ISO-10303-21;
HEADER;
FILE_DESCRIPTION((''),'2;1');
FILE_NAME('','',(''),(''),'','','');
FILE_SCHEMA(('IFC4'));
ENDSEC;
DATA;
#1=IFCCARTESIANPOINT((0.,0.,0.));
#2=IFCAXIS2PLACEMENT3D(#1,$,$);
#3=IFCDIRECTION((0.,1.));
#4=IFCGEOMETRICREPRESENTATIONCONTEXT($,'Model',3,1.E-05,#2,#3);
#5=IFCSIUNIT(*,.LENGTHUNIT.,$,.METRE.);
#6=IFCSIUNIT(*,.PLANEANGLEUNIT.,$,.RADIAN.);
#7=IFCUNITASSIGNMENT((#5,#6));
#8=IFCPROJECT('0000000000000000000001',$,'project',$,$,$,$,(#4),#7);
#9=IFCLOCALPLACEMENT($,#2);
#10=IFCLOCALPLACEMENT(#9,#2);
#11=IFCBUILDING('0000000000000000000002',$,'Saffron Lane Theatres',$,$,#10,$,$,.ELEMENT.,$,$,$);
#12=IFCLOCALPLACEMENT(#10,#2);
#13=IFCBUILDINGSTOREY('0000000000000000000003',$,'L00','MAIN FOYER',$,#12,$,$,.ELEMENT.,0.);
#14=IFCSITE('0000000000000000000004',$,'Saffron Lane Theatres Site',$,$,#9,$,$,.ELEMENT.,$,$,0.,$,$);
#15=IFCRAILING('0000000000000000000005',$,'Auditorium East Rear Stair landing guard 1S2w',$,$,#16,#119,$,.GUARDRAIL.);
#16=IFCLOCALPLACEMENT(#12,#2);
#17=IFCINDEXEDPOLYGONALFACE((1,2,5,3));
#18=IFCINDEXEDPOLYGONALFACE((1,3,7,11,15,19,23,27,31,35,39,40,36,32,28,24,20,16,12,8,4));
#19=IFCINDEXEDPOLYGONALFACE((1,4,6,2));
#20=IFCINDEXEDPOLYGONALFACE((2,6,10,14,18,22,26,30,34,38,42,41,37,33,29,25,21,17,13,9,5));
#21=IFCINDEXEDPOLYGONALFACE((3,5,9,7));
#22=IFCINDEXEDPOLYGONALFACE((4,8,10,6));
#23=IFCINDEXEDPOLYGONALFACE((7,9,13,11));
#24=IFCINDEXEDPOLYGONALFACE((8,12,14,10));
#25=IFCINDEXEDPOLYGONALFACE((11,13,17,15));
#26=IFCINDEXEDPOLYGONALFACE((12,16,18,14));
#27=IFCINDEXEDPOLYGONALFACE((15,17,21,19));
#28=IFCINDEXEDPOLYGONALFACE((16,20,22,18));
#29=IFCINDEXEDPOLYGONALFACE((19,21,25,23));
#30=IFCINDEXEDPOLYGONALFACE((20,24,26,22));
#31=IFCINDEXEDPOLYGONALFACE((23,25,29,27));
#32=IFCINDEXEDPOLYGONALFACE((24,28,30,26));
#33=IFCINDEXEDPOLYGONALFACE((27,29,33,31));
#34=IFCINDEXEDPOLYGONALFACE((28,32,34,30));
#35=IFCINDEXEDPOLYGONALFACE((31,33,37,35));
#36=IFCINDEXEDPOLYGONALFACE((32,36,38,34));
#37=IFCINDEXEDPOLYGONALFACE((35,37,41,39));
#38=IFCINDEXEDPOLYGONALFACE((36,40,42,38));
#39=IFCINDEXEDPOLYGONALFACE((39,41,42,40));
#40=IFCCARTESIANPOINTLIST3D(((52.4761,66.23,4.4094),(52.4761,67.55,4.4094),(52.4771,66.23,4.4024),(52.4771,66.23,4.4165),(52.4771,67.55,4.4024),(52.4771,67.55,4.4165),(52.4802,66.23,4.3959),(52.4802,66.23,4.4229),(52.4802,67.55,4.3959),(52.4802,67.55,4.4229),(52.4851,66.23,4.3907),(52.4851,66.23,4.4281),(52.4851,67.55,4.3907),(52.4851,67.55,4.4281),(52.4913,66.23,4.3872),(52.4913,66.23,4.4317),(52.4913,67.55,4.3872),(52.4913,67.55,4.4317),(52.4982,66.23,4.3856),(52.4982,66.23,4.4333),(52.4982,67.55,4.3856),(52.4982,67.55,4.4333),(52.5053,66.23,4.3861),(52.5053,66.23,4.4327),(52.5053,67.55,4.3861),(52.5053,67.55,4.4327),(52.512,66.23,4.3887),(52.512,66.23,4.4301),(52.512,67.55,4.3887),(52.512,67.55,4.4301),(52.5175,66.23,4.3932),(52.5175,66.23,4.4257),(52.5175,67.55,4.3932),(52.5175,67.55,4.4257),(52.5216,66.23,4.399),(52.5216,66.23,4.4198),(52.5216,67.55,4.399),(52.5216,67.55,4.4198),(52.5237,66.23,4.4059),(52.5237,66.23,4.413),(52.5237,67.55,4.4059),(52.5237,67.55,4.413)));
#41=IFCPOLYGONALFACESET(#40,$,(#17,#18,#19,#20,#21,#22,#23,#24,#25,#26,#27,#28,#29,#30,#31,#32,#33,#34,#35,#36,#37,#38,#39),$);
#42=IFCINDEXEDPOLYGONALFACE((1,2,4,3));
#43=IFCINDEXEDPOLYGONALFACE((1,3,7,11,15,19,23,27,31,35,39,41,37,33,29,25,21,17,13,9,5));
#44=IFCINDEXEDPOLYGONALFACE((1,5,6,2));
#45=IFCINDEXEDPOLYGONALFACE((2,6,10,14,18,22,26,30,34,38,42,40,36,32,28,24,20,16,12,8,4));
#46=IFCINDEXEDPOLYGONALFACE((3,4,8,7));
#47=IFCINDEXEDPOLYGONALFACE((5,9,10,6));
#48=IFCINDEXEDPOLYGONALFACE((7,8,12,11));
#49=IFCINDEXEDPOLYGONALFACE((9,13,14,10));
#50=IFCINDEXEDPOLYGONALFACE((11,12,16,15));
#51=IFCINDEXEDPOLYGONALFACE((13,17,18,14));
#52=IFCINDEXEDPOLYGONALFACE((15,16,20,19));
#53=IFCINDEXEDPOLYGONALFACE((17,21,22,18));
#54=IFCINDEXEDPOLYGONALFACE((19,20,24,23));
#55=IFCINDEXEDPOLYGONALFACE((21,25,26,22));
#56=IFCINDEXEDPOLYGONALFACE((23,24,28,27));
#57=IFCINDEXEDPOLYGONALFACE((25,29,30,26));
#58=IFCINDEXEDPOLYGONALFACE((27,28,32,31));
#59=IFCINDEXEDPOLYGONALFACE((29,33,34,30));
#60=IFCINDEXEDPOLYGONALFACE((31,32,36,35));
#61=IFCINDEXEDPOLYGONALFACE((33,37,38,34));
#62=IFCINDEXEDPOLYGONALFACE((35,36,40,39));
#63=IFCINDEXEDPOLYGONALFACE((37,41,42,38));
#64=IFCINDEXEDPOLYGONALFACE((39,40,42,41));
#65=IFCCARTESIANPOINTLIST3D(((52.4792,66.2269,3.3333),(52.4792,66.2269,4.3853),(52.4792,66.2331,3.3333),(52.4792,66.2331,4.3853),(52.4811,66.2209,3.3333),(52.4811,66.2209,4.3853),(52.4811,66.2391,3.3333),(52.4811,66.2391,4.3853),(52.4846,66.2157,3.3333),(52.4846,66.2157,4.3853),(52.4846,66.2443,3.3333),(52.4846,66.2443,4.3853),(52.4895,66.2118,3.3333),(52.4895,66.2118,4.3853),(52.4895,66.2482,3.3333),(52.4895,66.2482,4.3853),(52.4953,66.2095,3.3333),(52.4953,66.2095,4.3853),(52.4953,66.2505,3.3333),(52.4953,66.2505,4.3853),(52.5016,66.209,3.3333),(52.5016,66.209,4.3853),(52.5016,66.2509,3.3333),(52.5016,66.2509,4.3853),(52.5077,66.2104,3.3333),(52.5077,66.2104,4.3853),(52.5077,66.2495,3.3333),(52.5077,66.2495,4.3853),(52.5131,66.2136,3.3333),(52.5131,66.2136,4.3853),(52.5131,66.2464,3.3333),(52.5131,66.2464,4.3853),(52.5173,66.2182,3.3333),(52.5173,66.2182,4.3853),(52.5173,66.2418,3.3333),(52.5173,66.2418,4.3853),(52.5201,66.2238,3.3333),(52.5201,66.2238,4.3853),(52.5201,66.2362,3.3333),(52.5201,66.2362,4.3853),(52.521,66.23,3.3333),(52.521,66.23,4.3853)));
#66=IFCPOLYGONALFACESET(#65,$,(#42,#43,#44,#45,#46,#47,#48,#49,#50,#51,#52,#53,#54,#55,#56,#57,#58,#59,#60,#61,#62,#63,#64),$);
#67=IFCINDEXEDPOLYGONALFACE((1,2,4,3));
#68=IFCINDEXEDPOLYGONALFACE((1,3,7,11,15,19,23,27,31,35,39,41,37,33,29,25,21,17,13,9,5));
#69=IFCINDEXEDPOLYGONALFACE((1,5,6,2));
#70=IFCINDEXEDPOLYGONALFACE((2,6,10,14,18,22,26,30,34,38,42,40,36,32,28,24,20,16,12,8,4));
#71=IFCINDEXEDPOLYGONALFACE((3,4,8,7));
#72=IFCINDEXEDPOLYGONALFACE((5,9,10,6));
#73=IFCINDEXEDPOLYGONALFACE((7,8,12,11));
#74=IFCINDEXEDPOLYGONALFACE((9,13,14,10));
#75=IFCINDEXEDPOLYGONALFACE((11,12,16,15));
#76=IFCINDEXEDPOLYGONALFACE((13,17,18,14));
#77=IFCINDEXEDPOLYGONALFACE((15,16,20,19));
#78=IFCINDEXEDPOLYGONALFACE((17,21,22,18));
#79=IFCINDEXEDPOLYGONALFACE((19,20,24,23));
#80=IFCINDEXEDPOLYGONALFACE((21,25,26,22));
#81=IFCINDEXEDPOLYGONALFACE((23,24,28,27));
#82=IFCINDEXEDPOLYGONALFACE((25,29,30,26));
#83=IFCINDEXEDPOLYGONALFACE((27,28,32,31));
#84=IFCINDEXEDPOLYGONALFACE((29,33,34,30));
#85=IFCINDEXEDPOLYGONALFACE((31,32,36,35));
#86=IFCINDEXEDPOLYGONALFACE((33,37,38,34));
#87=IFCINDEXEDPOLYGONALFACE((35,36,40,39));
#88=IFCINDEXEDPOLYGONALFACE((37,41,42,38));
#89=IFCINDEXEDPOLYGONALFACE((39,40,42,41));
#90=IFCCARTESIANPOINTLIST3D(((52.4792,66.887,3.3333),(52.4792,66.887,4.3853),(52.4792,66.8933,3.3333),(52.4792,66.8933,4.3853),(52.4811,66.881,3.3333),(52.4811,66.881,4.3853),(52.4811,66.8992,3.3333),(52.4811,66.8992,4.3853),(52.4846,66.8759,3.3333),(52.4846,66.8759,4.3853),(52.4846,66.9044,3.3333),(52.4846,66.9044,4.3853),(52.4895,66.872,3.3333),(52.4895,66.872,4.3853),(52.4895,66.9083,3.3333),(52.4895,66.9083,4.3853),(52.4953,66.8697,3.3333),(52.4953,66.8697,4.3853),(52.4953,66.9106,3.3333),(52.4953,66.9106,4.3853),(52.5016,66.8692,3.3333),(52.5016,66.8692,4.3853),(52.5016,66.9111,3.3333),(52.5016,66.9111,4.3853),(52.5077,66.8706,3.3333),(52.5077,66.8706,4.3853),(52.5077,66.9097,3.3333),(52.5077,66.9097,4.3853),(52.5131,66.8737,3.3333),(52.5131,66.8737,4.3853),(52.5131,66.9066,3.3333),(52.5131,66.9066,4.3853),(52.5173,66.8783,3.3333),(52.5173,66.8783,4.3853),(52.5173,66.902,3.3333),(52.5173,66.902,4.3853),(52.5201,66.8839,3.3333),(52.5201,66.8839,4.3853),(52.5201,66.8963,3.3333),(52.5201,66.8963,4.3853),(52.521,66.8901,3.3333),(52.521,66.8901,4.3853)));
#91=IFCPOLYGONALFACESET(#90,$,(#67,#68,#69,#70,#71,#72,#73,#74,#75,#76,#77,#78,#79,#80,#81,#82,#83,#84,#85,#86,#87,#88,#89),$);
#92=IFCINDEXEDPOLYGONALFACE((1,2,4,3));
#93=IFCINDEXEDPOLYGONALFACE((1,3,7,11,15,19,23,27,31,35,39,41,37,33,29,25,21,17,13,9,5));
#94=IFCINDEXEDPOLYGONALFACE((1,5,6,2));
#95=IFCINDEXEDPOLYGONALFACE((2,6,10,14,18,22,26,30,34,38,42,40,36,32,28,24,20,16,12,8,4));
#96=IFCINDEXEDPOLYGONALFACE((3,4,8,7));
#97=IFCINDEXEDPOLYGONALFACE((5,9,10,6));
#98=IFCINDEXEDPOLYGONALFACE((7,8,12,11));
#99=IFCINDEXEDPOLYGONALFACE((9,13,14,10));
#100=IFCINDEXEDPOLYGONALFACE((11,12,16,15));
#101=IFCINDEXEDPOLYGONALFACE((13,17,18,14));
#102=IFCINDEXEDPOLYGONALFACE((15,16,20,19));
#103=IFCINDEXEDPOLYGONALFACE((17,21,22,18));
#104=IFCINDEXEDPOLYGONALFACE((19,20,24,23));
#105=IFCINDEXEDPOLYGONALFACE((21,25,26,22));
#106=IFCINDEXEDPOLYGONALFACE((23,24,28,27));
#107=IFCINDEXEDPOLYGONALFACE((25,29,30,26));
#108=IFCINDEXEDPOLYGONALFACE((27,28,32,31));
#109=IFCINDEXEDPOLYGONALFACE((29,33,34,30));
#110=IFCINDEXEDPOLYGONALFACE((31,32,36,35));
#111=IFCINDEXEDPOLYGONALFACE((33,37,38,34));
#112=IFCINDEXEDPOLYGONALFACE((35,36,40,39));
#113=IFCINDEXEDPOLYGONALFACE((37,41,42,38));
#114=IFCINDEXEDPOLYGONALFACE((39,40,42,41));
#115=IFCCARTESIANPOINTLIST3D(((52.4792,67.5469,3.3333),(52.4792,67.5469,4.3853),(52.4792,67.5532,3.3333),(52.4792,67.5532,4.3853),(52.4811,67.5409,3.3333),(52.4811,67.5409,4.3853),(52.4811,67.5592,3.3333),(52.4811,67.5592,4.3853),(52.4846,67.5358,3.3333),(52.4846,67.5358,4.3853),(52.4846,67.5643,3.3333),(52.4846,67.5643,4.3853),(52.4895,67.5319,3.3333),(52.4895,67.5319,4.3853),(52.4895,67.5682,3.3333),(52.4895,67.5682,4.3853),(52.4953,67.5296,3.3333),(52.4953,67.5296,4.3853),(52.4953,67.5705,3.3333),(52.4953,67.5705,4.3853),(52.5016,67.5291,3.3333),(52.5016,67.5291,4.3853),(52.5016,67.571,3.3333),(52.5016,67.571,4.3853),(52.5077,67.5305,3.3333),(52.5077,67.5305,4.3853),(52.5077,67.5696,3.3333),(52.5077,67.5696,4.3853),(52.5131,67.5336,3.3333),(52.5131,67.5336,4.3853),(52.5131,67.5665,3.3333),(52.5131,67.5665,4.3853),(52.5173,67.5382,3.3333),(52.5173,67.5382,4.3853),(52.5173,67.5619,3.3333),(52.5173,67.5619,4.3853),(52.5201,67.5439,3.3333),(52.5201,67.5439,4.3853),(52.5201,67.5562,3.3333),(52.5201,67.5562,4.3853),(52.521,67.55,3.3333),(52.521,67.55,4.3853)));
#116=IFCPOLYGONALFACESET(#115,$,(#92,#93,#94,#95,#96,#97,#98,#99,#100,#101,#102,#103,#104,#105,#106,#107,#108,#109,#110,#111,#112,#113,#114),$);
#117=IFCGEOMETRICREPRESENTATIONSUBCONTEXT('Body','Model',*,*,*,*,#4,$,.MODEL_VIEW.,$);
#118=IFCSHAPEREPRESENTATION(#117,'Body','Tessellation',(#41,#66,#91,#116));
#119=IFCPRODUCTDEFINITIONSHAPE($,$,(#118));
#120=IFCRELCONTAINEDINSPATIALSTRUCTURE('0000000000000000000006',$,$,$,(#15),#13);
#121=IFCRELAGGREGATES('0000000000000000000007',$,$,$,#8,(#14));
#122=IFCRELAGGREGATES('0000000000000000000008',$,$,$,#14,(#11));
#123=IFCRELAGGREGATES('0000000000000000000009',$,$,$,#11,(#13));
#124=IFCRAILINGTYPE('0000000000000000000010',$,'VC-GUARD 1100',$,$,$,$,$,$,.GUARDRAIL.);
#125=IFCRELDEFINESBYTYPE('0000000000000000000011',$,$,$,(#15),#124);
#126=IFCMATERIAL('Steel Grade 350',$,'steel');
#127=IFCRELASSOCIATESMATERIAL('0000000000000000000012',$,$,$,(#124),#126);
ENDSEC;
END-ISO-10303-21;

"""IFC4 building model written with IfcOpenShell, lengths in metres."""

from ifc_helpers import new_model, si_unit, direction, frame, origin, origin_2d, place, context, subcontext, project, spatial, circle, extrude, material, type_object, element, save


model = new_model("IFC4")

# Units and contexts
model_context = context("Model", 3, precision=1e-05, world=origin(), true_north=direction((0.0, 1.0)))
body_context = subcontext(model_context, "Body", "Model", "MODEL_VIEW")
ifc_project = project(units=[si_unit("LENGTHUNIT", "METRE"), si_unit("PLANEANGLEUNIT", "RADIAN")], contexts=[model_context])

# Site, building, storey
site_placement = place(None, origin())
site = spatial("IfcSite", under=ifc_project, at=site_placement, Name="Saffron Lane Theatres Site", CompositionType="ELEMENT", RefElevation=0.0)
building_placement = place(site_placement, origin())
building = spatial("IfcBuilding", under=site, at=building_placement, Name="Saffron Lane Theatres", CompositionType="ELEMENT")
storey_placement = place(building_placement, origin())
storey = spatial("IfcBuildingStorey", under=building, at=storey_placement, Name="L00", Description="MAIN FOYER", CompositionType="ELEMENT", Elevation=0.0)

# Railing
ifc_material_1 = material(Name="Steel Grade 350", Category="steel")
railing_type_1 = type_object("IfcRailingType", Name="VC-GUARD 1100", PredefinedType="GUARDRAIL", material=ifc_material_1)
railing_1_placement = place(storey_placement, frame((52.5, 66.23, 3.3333)))
element("IfcRailing", 1, at=railing_1_placement, inside=storey, type_object=railing_type_1, Name="Auditorium East Rear Stair landing guard 1S2w", PredefinedType="GUARDRAIL", context=body_context, shape_type="SweptSolid", body=[
    extrude(circle(Radius=0.0239, at=origin_2d()), frame((0.0, 0.0, 1.0762), z_axis=(0.0, 1.0, 0.0), x_axis=(-1.0, 0.0, 0.0)), (0.0, 0.0, 1.0), 1.3201),
    extrude(circle(Radius=0.021, at=origin_2d()), origin(), (0.0, 0.0, 1.0), 1.052),
    extrude(circle(Radius=0.021, at=origin_2d()), frame((0.0, 0.6602, 0.0)), (0.0, 0.0, 1.0), 1.052),
    extrude(circle(Radius=0.021, at=origin_2d()), frame((0.0, 1.3201, 0.0)), (0.0, 0.0, 1.0), 1.052),
])

save(model, "model.ifc")
